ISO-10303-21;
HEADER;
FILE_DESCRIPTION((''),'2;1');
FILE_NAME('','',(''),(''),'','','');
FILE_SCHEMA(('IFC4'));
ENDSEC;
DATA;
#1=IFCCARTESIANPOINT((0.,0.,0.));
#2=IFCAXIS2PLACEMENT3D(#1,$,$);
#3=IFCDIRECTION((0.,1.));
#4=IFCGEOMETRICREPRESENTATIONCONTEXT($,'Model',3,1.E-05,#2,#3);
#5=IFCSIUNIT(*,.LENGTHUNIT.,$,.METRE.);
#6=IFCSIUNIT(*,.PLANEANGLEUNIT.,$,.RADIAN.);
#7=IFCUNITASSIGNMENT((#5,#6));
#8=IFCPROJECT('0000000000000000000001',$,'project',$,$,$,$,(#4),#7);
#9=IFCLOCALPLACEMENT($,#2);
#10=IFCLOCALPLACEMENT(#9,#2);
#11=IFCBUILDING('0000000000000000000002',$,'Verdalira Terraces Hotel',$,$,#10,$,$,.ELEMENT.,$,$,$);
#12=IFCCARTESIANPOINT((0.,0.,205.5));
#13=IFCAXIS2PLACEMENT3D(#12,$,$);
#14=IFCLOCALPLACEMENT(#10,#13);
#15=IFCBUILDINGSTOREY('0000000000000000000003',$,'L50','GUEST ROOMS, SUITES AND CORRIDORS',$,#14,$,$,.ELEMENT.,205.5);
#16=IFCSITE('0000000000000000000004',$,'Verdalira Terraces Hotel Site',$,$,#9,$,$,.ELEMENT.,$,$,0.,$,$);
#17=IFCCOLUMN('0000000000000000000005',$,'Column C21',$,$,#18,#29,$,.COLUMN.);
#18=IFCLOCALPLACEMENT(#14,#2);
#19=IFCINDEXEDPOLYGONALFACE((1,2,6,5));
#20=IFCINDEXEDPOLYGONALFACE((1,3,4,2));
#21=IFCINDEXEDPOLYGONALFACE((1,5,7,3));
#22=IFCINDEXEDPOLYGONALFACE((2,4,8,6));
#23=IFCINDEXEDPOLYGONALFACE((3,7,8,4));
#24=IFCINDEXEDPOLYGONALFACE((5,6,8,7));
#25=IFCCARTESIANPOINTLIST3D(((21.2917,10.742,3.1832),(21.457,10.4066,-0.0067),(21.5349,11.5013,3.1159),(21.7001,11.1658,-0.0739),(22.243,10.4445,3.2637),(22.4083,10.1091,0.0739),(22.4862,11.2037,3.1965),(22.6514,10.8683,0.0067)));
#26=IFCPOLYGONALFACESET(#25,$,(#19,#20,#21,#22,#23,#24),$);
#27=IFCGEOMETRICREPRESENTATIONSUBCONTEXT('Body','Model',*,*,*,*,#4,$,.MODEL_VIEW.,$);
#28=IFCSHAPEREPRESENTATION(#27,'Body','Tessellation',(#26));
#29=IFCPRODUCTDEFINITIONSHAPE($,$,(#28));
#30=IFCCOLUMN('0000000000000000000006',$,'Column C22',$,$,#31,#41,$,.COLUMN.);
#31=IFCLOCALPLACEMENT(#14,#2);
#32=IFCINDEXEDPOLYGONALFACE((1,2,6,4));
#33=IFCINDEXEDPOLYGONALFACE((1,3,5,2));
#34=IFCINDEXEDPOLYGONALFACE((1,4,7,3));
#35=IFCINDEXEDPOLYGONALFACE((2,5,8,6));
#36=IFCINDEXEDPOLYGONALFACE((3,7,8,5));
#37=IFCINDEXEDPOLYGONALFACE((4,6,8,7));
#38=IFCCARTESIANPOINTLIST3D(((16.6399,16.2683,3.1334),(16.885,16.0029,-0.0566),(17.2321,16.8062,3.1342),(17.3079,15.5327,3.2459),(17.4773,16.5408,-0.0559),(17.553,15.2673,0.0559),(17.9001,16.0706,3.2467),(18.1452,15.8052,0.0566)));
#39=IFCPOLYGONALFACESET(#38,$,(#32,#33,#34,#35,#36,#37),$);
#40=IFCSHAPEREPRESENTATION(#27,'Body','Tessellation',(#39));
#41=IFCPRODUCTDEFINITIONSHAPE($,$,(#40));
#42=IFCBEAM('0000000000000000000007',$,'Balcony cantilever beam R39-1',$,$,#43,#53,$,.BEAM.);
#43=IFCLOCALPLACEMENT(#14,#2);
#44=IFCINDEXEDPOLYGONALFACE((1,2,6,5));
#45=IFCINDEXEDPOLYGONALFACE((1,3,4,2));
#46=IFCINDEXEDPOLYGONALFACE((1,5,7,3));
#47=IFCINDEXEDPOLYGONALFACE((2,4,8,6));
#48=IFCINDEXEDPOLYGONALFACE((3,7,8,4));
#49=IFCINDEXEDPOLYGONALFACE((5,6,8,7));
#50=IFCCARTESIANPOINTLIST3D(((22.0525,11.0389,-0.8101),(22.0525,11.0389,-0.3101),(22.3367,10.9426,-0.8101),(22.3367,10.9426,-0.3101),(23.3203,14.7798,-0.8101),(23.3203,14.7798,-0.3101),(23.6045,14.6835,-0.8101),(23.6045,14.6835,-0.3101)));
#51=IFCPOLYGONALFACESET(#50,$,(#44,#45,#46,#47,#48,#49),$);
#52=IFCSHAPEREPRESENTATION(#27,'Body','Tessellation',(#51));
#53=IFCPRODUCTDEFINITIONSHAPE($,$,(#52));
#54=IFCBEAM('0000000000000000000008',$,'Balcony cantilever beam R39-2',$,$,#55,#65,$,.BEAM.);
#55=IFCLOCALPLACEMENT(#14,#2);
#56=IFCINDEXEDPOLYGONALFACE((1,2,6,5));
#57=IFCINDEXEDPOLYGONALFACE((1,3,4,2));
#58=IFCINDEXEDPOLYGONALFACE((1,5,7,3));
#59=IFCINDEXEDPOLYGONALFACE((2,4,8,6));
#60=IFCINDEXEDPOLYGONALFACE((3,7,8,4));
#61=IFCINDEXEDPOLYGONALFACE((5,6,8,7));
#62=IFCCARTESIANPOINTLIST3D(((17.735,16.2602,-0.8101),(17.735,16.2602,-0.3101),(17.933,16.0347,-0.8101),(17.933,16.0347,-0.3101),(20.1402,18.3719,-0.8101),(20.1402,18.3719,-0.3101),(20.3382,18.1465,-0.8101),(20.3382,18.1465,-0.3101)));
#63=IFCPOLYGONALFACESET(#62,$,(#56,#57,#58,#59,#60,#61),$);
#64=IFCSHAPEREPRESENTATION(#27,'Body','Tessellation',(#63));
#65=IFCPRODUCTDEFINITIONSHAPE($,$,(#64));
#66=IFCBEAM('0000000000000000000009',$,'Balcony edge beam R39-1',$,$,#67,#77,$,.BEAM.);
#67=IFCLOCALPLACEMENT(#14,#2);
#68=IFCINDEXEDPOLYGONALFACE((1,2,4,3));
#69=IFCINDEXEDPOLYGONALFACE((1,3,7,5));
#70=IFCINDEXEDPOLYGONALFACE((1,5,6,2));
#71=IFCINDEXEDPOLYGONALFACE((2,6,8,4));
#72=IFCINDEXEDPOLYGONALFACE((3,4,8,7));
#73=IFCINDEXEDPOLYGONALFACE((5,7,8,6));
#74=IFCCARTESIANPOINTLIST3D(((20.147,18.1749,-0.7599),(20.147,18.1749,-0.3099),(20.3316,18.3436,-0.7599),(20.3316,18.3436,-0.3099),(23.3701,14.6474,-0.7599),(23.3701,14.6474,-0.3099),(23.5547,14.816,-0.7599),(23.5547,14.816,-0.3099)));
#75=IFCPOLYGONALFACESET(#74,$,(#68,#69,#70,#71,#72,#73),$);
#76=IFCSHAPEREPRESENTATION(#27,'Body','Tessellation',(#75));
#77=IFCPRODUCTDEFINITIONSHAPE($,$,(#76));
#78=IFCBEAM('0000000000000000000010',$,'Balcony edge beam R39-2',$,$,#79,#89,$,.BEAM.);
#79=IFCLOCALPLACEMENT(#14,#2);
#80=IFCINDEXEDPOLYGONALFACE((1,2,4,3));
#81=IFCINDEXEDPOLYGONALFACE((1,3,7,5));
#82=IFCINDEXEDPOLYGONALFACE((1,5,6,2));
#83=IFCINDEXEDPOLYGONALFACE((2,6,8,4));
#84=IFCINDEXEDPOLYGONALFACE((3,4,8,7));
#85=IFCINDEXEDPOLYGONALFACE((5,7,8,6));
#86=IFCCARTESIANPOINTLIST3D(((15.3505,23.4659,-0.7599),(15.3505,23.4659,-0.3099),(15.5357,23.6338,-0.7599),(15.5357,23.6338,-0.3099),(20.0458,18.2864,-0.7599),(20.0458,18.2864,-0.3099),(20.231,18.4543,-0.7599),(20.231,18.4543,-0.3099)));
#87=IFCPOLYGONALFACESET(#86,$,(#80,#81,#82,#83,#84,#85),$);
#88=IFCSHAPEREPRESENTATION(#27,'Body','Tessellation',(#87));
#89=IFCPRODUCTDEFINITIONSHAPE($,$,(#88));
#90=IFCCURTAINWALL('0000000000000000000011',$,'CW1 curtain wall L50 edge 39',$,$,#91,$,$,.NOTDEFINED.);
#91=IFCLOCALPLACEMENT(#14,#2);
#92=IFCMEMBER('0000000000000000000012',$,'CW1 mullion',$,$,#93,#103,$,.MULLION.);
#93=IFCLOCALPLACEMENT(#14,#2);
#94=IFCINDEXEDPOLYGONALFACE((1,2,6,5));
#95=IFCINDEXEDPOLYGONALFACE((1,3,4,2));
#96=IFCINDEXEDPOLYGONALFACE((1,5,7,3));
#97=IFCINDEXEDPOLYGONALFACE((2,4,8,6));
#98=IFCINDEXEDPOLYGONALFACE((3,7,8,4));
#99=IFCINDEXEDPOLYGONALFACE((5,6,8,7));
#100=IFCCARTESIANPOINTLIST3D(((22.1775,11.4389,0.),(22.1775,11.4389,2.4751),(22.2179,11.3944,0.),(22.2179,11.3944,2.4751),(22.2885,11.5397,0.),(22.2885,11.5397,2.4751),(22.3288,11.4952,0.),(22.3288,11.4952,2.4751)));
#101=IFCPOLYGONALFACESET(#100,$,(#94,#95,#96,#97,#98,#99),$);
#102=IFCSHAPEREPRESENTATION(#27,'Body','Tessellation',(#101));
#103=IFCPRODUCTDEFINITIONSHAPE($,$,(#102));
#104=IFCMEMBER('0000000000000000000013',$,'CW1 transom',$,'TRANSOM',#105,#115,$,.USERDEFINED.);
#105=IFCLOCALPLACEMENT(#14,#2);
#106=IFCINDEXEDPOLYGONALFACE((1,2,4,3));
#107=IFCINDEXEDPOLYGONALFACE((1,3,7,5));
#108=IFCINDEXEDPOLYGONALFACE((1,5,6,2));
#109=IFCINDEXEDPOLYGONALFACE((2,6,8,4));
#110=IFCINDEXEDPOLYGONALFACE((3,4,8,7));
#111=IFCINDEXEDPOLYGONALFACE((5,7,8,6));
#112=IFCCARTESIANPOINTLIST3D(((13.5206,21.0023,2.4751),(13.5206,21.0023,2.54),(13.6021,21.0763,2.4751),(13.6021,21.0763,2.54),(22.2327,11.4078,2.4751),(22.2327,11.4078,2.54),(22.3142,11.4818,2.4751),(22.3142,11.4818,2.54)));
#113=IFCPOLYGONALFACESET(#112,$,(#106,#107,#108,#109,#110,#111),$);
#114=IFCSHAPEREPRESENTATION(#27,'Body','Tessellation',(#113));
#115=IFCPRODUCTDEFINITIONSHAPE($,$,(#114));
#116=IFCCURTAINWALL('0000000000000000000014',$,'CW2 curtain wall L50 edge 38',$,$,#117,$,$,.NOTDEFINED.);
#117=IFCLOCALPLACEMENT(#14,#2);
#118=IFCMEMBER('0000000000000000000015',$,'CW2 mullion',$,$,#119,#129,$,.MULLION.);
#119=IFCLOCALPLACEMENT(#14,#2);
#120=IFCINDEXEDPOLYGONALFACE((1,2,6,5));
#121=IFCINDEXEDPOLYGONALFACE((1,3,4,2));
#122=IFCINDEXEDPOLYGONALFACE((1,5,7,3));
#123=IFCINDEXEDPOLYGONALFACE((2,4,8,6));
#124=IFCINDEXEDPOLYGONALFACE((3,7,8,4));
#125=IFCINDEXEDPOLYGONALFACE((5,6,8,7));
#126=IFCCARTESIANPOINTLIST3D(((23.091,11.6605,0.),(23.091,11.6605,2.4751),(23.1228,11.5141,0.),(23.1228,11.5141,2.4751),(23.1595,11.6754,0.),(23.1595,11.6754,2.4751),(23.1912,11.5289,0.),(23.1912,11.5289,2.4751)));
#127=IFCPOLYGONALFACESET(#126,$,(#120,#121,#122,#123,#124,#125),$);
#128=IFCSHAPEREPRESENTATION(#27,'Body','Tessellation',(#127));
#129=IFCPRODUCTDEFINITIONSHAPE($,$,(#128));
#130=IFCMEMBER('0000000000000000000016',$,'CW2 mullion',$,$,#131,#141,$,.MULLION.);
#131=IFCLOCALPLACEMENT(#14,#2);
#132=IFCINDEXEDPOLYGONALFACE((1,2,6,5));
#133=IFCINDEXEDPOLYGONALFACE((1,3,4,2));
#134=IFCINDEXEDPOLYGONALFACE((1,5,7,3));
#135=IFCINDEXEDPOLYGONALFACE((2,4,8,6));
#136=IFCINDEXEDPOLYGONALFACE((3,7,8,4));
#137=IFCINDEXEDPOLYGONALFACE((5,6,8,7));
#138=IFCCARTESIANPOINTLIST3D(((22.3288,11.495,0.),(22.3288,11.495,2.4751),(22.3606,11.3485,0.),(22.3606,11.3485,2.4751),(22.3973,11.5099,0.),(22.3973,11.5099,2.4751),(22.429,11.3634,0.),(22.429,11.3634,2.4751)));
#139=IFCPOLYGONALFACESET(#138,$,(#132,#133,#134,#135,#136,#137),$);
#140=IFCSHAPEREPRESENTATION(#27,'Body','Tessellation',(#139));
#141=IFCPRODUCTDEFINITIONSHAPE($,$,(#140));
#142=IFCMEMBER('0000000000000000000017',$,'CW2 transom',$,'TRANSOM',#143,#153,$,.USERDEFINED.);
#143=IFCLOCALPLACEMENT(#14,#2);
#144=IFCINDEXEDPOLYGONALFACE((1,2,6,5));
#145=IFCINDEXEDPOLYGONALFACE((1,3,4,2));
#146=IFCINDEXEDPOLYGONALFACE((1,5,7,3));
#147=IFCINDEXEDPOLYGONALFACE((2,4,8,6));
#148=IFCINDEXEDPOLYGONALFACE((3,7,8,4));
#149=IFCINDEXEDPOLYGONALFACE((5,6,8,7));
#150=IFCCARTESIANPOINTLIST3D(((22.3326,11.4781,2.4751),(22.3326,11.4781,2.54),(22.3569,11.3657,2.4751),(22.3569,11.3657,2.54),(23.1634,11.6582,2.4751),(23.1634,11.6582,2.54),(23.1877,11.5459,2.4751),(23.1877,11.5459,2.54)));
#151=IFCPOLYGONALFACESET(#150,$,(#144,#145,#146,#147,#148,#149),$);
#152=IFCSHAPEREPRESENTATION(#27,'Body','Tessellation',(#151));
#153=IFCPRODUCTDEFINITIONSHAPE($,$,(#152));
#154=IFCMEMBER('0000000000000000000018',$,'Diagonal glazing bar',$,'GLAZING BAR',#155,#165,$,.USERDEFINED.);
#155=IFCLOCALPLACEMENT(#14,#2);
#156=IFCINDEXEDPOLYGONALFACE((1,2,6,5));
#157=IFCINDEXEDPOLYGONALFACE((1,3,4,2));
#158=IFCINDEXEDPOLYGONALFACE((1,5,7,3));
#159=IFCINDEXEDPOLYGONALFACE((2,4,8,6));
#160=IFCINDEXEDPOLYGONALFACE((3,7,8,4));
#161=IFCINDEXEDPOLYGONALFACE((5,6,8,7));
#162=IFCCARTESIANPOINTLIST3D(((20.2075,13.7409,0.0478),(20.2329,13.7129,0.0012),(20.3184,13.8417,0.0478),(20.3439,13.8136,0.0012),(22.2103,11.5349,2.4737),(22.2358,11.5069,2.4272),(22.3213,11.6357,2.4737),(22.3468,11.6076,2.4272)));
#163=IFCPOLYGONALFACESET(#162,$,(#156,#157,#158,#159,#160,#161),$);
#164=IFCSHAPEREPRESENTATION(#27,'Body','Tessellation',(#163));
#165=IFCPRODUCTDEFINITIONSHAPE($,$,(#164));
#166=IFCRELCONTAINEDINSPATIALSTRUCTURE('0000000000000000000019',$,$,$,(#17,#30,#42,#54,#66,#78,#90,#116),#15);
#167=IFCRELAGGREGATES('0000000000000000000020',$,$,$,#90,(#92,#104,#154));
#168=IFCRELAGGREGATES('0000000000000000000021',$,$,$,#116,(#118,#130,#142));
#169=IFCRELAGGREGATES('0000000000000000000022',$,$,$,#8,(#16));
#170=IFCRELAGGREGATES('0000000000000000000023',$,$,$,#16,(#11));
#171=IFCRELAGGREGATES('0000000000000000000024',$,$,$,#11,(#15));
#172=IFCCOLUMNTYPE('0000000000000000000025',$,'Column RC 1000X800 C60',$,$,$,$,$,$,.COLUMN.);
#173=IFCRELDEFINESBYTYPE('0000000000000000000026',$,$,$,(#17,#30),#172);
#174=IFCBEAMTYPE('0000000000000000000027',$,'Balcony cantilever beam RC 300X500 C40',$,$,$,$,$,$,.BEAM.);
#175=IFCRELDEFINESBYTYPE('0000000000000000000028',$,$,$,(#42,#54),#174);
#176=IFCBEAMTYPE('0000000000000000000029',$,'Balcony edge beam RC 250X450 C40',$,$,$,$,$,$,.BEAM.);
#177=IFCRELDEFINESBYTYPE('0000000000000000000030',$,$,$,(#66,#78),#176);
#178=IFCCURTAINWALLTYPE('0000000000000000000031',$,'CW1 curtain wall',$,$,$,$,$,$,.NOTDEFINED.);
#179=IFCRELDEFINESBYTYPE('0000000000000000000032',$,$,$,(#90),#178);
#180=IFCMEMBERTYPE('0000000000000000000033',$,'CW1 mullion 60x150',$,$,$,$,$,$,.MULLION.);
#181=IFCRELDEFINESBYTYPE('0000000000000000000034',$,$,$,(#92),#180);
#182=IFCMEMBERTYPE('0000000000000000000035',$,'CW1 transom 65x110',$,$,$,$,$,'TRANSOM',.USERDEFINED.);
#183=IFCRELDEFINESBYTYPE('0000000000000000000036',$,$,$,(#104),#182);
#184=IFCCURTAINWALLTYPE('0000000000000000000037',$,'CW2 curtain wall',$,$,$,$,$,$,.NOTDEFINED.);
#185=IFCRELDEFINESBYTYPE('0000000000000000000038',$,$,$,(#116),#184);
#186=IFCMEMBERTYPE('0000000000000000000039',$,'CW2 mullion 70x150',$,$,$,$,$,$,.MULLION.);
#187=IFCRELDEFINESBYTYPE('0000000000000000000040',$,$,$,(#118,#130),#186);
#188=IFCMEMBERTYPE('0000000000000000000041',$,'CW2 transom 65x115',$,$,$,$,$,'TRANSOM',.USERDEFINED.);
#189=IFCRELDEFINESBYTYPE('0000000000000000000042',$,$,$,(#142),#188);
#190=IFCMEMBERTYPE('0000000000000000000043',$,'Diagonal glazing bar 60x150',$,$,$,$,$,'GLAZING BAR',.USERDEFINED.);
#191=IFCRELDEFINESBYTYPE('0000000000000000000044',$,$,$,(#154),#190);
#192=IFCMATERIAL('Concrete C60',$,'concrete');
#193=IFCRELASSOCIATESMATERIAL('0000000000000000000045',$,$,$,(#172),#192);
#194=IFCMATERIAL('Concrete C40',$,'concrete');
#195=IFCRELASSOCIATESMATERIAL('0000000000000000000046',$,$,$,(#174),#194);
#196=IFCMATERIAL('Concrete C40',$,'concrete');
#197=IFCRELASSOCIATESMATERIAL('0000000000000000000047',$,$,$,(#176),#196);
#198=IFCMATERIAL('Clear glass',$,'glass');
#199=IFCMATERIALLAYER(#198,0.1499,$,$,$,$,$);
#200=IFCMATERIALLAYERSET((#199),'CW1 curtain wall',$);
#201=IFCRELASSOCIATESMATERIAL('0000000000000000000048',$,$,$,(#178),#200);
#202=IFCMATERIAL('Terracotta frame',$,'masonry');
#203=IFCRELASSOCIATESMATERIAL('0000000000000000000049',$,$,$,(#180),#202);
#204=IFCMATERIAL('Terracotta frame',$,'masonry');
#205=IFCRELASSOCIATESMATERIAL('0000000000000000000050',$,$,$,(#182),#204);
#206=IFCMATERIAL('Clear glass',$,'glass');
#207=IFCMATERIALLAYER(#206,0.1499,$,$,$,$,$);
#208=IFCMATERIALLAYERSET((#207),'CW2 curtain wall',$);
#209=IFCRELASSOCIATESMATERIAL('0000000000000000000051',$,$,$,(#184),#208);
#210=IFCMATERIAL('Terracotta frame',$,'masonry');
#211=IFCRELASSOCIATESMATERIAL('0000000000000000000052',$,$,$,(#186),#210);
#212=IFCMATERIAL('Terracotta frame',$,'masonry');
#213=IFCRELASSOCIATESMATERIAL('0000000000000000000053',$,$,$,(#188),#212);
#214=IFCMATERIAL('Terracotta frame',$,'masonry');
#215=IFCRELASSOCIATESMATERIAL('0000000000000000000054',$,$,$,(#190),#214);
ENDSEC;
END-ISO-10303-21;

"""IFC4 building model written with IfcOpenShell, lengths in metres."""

from ifc_helpers import new_model, si_unit, direction, frame, origin, origin_2d, place, context, subcontext, project, spatial, rectangle, extrude, material, layer, layer_set, material_profile, profile_set, type_object, element, aggregate, save


model = new_model("IFC4")

# Units and contexts
model_context = context("Model", 3, precision=1e-05, world=origin(), true_north=direction((0.0, 1.0)))
body_context = subcontext(model_context, "Body", "Model", "MODEL_VIEW")
ifc_project = project(units=[si_unit("LENGTHUNIT", "METRE"), si_unit("PLANEANGLEUNIT", "RADIAN")], contexts=[model_context])

# Site, building, storey
site_placement = place(None, origin())
site = spatial("IfcSite", under=ifc_project, at=site_placement, Name="Verdalira Terraces Hotel Site", CompositionType="ELEMENT", RefElevation=0.0)
building_placement = place(site_placement, origin())
building = spatial("IfcBuilding", under=site, at=building_placement, Name="Verdalira Terraces Hotel", CompositionType="ELEMENT")
storey_placement = place(building_placement, frame((0.0, 0.0, 205.5)))
storey = spatial("IfcBuildingStorey", under=building, at=storey_placement, Name="L50", Description="GUEST ROOMS, SUITES AND CORRIDORS", CompositionType="ELEMENT", Elevation=205.5)

# Columns
ifc_material_1 = material(Name="Concrete C60", Category="concrete")
ifc_material_profile_1 = material_profile(ifc_material_1, rectangle(XDim=1.0, YDim=0.8, at=origin_2d()), Name="RC 1000X800")
ifc_profile_set_1 = profile_set([ifc_material_profile_1], Name="Concrete C60")
column_type = type_object("IfcColumnType", Name="Column RC 1000X800 C60", PredefinedType="COLUMN", material=ifc_profile_set_1)
column_1_placement = place(storey_placement, frame((22.0542, 10.6375, 0.0), z_axis=(-0.051461, 0.104443, 0.993199), x_axis=(0.951301, -0.297546, 0.08058)))
element("IfcColumn", 1, at=column_1_placement, inside=storey, type_object=column_type, Name="Column C21", PredefinedType="COLUMN", context=body_context, shape_type="SweptSolid", body=[
    extrude(rectangle(XDim=1.0, YDim=0.8, at=origin_2d()), origin(), (0.0, 0.0, 1.0), 3.2117),
])
column_2_placement = place(storey_placement, frame((17.5151, 15.9041, 0.0), z_axis=(-0.076353, 0.082665, 0.993648), x_axis=(-0.667977, 0.735625, -0.112527)))
element("IfcColumn", 2, at=column_2_placement, inside=storey, type_object=column_type, Name="Column C22", PredefinedType="COLUMN", context=body_context, shape_type="SweptSolid", body=[
    extrude(rectangle(XDim=1.0, YDim=0.8, at=origin_2d()), origin(), (0.0, 0.0, 1.0), 3.2104),
])

# Beams
ifc_material_2 = material(Name="Concrete C40", Category="concrete")
ifc_material_profile_2 = material_profile(ifc_material_2, rectangle(XDim=0.3, YDim=0.5, at=origin_2d()), Name="RC 300X500")
ifc_profile_set_2 = profile_set([ifc_material_profile_2], Name="Concrete C40")
beam_type_1 = type_object("IfcBeamType", Name="Balcony cantilever beam RC 300X500 C40", PredefinedType="BEAM", material=ifc_profile_set_2)
beam_1_placement = place(storey_placement, frame((22.1946, 10.9907, -0.5601), z_axis=(0.320971, 0.947089, 0.0), x_axis=(-0.947089, 0.320971, 0.0)))
element("IfcBeam", 3, at=beam_1_placement, inside=storey, type_object=beam_type_1, Name="Balcony cantilever beam R39-1", PredefinedType="BEAM", context=body_context, shape_type="SweptSolid", body=[
    extrude(rectangle(XDim=0.3, YDim=0.5, at=origin_2d()), origin(), (0.0, 0.0, 1.0), 3.95),
])
beam_2_placement = place(storey_placement, frame((17.834, 16.1475, -0.5601), z_axis=(0.751461, 0.659778, 0.0), x_axis=(-0.659778, 0.751461, 0.0)))
element("IfcBeam", 4, at=beam_2_placement, inside=storey, type_object=beam_type_1, Name="Balcony cantilever beam R39-2", PredefinedType="BEAM", context=body_context, shape_type="SweptSolid", body=[
    extrude(rectangle(XDim=0.3, YDim=0.5, at=origin_2d()), origin(), (0.0, 0.0, 1.0), 3.2007),
])
ifc_material_3 = material(Name="Concrete C40", Category="concrete")
ifc_material_profile_3 = material_profile(ifc_material_3, rectangle(XDim=0.25, YDim=0.45, at=origin_2d()), Name="RC 250X450")
ifc_profile_set_3 = profile_set([ifc_material_profile_3], Name="Concrete C40")
beam_type_2 = type_object("IfcBeamType", Name="Balcony edge beam RC 250X450 C40", PredefinedType="BEAM", material=ifc_profile_set_3)
beam_3_placement = place(storey_placement, frame((23.4624, 14.7317, -0.5349), z_axis=(-0.674532, 0.738245, 0.0), x_axis=(-0.738245, -0.674532, 0.0)))
element("IfcBeam", 5, at=beam_3_placement, inside=storey, type_object=beam_type_2, Name="Balcony edge beam R39-1", PredefinedType="BEAM", context=body_context, shape_type="SweptSolid", body=[
    extrude(rectangle(XDim=0.25, YDim=0.45, at=origin_2d()), origin(), (0.0, 0.0, 1.0), 4.7783),
])
beam_4_placement = place(storey_placement, frame((20.1384, 18.3704, -0.5349), z_axis=(-0.671633, 0.740884, 0.0), x_axis=(-0.740884, -0.671633, 0.0)))
element("IfcBeam", 6, at=beam_4_placement, inside=storey, type_object=beam_type_2, Name="Balcony edge beam R39-2", PredefinedType="BEAM", context=body_context, shape_type="SweptSolid", body=[
    extrude(rectangle(XDim=0.25, YDim=0.45, at=origin_2d()), origin(), (0.0, 0.0, 1.0), 6.991),
])

# Curtain walls, members
ifc_material_4 = material(Name="Clear glass", Category="glass")
ifc_layer_1 = layer(ifc_material_4, 0.1499)
ifc_layer_set_1 = layer_set([ifc_layer_1], Name="CW1 curtain wall")
curtain_wall_type_1 = type_object("IfcCurtainWallType", Name="CW1 curtain wall", PredefinedType="NOTDEFINED", material=ifc_layer_set_1)
curtain_wall_1_placement = place(storey_placement, origin())
curtain_wall_1 = element("IfcCurtainWall", 7, at=curtain_wall_1_placement, inside=storey, type_object=curtain_wall_type_1, Name="CW1 curtain wall L50 edge 39", PredefinedType="NOTDEFINED")
ifc_material_5 = material(Name="Terracotta frame", Category="masonry")
ifc_material_profile_4 = material_profile(ifc_material_5, rectangle(XDim=0.0601, YDim=0.1499, at=origin_2d()), Name="MU 60x150")
ifc_profile_set_4 = profile_set([ifc_material_profile_4], Name="Terracotta frame")
member_type_1 = type_object("IfcMemberType", Name="CW1 mullion 60x150", PredefinedType="MULLION", material=ifc_profile_set_4)
member_1_placement = place(storey_placement, frame((22.2532, 11.467, 0.0), z_axis=(0.0, 0.0, 1.0), x_axis=(-0.672238, 0.740335, 0.0)))
member_1 = element("IfcMember", 8, at=member_1_placement, type_object=member_type_1, Name="CW1 mullion", PredefinedType="MULLION", context=body_context, shape_type="SweptSolid", body=[
    extrude(rectangle(XDim=0.0601, YDim=0.1499, at=origin_2d()), origin(), (0.0, 0.0, 1.0), 2.4751),
])
ifc_material_6 = material(Name="Terracotta frame", Category="masonry")
ifc_material_profile_5 = material_profile(ifc_material_6, rectangle(XDim=0.1101, YDim=0.0649, at=origin_2d()), Name="TR 65x110")
ifc_profile_set_5 = profile_set([ifc_material_profile_5], Name="Terracotta frame")
member_type_2 = type_object("IfcMemberType", Name="CW1 transom 65x110", ElementType="TRANSOM", PredefinedType="USERDEFINED", material=ifc_profile_set_5)
member_2_placement = place(storey_placement, frame((22.2734, 11.4448, 2.5076), z_axis=(-0.672246, 0.740328, 0.0), x_axis=(-0.740328, -0.672246, 0.0)))
member_2 = element("IfcMember", 9, at=member_2_placement, type_object=member_type_2, Name="CW1 transom", ObjectType="TRANSOM", PredefinedType="USERDEFINED", context=body_context, shape_type="SweptSolid", body=[
    extrude(rectangle(XDim=0.1101, YDim=0.0649, at=origin_2d()), origin(), (0.0, 0.0, 1.0), 12.9597),
])
ifc_material_7 = material(Name="Clear glass", Category="glass")
ifc_layer_2 = layer(ifc_material_7, 0.1499)
ifc_layer_set_2 = layer_set([ifc_layer_2], Name="CW2 curtain wall")
curtain_wall_type_2 = type_object("IfcCurtainWallType", Name="CW2 curtain wall", PredefinedType="NOTDEFINED", material=ifc_layer_set_2)
curtain_wall_2_placement = place(storey_placement, origin())
curtain_wall_2 = element("IfcCurtainWall", 10, at=curtain_wall_2_placement, inside=storey, type_object=curtain_wall_type_2, Name="CW2 curtain wall L50 edge 38", PredefinedType="NOTDEFINED")
ifc_material_8 = material(Name="Terracotta frame", Category="masonry")
ifc_material_profile_6 = material_profile(ifc_material_8, rectangle(XDim=0.0701, YDim=0.1499, at=origin_2d()), Name="MU 70x150")
ifc_profile_set_6 = profile_set([ifc_material_profile_6], Name="Terracotta frame")
member_type_3 = type_object("IfcMemberType", Name="CW2 mullion 70x150", PredefinedType="MULLION", material=ifc_profile_set_6)
member_3_placement = place(storey_placement, frame((23.1411, 11.5947, 0.0), z_axis=(0.0, 0.0, 1.0), x_axis=(-0.977268, -0.212007, 0.0)))
member_3 = element("IfcMember", 11, at=member_3_placement, type_object=member_type_3, Name="CW2 mullion", PredefinedType="MULLION", context=body_context, shape_type="SweptSolid", body=[
    extrude(rectangle(XDim=0.0701, YDim=0.1499, at=origin_2d()), origin(), (0.0, 0.0, 1.0), 2.4751),
])
member_4_placement = place(storey_placement, frame((22.3789, 11.4292, 0.0), z_axis=(0.0, 0.0, 1.0), x_axis=(-0.977268, -0.212007, 0.0)))
member_4 = element("IfcMember", 12, at=member_4_placement, type_object=member_type_3, Name="CW2 mullion", PredefinedType="MULLION", context=body_context, shape_type="SweptSolid", body=[
    extrude(rectangle(XDim=0.0701, YDim=0.1499, at=origin_2d()), origin(), (0.0, 0.0, 1.0), 2.4751),
])
ifc_material_9 = material(Name="Terracotta frame", Category="masonry")
ifc_material_profile_7 = material_profile(ifc_material_9, rectangle(XDim=0.115, YDim=0.0649, at=origin_2d()), Name="TR 65x115")
ifc_profile_set_7 = profile_set([ifc_material_profile_7], Name="Terracotta frame")
member_type_4 = type_object("IfcMemberType", Name="CW2 transom 65x115", ElementType="TRANSOM", PredefinedType="USERDEFINED", material=ifc_profile_set_7)
member_5_placement = place(storey_placement, frame((23.1755, 11.6021, 2.5076), z_axis=(-0.977283, -0.211941, 0.0), x_axis=(0.211941, -0.977283, 0.0)))
member_5 = element("IfcMember", 13, at=member_5_placement, type_object=member_type_4, Name="CW2 transom", ObjectType="TRANSOM", PredefinedType="USERDEFINED", context=body_context, shape_type="SweptSolid", body=[
    extrude(rectangle(XDim=0.115, YDim=0.0649, at=origin_2d()), origin(), (0.0, 0.0, 1.0), 0.8501),
])

# Member
ifc_material_10 = material(Name="Terracotta frame", Category="masonry")
ifc_material_profile_8 = material_profile(ifc_material_10, rectangle(XDim=0.1499, YDim=0.0601, at=origin_2d()), Name="GB 60x150")
ifc_profile_set_8 = profile_set([ifc_material_profile_8], Name="Terracotta frame")
member_type_5 = type_object("IfcMemberType", Name="Diagonal glazing bar 60x150", ElementType="GLAZING BAR", PredefinedType="USERDEFINED", material=ifc_profile_set_8)
member_6_placement = place(storey_placement, frame((22.2786, 11.5713, 2.4504), z_axis=(-0.521271, 0.574135, -0.631384), x_axis=(-0.74037, -0.6722, 0.0)))
member_6 = element("IfcMember", 14, at=member_6_placement, type_object=member_type_5, Name="Diagonal glazing bar", ObjectType="GLAZING BAR", PredefinedType="USERDEFINED", context=body_context, shape_type="SweptSolid", body=[
    extrude(rectangle(XDim=0.1499, YDim=0.0601, at=origin_2d()), origin(), (0.0, 0.0, 1.0), 3.8423),
])

aggregate(curtain_wall_1, [member_1, member_2, member_6])
aggregate(curtain_wall_2, [member_3, member_4, member_5])

save(model, "model.ifc")
